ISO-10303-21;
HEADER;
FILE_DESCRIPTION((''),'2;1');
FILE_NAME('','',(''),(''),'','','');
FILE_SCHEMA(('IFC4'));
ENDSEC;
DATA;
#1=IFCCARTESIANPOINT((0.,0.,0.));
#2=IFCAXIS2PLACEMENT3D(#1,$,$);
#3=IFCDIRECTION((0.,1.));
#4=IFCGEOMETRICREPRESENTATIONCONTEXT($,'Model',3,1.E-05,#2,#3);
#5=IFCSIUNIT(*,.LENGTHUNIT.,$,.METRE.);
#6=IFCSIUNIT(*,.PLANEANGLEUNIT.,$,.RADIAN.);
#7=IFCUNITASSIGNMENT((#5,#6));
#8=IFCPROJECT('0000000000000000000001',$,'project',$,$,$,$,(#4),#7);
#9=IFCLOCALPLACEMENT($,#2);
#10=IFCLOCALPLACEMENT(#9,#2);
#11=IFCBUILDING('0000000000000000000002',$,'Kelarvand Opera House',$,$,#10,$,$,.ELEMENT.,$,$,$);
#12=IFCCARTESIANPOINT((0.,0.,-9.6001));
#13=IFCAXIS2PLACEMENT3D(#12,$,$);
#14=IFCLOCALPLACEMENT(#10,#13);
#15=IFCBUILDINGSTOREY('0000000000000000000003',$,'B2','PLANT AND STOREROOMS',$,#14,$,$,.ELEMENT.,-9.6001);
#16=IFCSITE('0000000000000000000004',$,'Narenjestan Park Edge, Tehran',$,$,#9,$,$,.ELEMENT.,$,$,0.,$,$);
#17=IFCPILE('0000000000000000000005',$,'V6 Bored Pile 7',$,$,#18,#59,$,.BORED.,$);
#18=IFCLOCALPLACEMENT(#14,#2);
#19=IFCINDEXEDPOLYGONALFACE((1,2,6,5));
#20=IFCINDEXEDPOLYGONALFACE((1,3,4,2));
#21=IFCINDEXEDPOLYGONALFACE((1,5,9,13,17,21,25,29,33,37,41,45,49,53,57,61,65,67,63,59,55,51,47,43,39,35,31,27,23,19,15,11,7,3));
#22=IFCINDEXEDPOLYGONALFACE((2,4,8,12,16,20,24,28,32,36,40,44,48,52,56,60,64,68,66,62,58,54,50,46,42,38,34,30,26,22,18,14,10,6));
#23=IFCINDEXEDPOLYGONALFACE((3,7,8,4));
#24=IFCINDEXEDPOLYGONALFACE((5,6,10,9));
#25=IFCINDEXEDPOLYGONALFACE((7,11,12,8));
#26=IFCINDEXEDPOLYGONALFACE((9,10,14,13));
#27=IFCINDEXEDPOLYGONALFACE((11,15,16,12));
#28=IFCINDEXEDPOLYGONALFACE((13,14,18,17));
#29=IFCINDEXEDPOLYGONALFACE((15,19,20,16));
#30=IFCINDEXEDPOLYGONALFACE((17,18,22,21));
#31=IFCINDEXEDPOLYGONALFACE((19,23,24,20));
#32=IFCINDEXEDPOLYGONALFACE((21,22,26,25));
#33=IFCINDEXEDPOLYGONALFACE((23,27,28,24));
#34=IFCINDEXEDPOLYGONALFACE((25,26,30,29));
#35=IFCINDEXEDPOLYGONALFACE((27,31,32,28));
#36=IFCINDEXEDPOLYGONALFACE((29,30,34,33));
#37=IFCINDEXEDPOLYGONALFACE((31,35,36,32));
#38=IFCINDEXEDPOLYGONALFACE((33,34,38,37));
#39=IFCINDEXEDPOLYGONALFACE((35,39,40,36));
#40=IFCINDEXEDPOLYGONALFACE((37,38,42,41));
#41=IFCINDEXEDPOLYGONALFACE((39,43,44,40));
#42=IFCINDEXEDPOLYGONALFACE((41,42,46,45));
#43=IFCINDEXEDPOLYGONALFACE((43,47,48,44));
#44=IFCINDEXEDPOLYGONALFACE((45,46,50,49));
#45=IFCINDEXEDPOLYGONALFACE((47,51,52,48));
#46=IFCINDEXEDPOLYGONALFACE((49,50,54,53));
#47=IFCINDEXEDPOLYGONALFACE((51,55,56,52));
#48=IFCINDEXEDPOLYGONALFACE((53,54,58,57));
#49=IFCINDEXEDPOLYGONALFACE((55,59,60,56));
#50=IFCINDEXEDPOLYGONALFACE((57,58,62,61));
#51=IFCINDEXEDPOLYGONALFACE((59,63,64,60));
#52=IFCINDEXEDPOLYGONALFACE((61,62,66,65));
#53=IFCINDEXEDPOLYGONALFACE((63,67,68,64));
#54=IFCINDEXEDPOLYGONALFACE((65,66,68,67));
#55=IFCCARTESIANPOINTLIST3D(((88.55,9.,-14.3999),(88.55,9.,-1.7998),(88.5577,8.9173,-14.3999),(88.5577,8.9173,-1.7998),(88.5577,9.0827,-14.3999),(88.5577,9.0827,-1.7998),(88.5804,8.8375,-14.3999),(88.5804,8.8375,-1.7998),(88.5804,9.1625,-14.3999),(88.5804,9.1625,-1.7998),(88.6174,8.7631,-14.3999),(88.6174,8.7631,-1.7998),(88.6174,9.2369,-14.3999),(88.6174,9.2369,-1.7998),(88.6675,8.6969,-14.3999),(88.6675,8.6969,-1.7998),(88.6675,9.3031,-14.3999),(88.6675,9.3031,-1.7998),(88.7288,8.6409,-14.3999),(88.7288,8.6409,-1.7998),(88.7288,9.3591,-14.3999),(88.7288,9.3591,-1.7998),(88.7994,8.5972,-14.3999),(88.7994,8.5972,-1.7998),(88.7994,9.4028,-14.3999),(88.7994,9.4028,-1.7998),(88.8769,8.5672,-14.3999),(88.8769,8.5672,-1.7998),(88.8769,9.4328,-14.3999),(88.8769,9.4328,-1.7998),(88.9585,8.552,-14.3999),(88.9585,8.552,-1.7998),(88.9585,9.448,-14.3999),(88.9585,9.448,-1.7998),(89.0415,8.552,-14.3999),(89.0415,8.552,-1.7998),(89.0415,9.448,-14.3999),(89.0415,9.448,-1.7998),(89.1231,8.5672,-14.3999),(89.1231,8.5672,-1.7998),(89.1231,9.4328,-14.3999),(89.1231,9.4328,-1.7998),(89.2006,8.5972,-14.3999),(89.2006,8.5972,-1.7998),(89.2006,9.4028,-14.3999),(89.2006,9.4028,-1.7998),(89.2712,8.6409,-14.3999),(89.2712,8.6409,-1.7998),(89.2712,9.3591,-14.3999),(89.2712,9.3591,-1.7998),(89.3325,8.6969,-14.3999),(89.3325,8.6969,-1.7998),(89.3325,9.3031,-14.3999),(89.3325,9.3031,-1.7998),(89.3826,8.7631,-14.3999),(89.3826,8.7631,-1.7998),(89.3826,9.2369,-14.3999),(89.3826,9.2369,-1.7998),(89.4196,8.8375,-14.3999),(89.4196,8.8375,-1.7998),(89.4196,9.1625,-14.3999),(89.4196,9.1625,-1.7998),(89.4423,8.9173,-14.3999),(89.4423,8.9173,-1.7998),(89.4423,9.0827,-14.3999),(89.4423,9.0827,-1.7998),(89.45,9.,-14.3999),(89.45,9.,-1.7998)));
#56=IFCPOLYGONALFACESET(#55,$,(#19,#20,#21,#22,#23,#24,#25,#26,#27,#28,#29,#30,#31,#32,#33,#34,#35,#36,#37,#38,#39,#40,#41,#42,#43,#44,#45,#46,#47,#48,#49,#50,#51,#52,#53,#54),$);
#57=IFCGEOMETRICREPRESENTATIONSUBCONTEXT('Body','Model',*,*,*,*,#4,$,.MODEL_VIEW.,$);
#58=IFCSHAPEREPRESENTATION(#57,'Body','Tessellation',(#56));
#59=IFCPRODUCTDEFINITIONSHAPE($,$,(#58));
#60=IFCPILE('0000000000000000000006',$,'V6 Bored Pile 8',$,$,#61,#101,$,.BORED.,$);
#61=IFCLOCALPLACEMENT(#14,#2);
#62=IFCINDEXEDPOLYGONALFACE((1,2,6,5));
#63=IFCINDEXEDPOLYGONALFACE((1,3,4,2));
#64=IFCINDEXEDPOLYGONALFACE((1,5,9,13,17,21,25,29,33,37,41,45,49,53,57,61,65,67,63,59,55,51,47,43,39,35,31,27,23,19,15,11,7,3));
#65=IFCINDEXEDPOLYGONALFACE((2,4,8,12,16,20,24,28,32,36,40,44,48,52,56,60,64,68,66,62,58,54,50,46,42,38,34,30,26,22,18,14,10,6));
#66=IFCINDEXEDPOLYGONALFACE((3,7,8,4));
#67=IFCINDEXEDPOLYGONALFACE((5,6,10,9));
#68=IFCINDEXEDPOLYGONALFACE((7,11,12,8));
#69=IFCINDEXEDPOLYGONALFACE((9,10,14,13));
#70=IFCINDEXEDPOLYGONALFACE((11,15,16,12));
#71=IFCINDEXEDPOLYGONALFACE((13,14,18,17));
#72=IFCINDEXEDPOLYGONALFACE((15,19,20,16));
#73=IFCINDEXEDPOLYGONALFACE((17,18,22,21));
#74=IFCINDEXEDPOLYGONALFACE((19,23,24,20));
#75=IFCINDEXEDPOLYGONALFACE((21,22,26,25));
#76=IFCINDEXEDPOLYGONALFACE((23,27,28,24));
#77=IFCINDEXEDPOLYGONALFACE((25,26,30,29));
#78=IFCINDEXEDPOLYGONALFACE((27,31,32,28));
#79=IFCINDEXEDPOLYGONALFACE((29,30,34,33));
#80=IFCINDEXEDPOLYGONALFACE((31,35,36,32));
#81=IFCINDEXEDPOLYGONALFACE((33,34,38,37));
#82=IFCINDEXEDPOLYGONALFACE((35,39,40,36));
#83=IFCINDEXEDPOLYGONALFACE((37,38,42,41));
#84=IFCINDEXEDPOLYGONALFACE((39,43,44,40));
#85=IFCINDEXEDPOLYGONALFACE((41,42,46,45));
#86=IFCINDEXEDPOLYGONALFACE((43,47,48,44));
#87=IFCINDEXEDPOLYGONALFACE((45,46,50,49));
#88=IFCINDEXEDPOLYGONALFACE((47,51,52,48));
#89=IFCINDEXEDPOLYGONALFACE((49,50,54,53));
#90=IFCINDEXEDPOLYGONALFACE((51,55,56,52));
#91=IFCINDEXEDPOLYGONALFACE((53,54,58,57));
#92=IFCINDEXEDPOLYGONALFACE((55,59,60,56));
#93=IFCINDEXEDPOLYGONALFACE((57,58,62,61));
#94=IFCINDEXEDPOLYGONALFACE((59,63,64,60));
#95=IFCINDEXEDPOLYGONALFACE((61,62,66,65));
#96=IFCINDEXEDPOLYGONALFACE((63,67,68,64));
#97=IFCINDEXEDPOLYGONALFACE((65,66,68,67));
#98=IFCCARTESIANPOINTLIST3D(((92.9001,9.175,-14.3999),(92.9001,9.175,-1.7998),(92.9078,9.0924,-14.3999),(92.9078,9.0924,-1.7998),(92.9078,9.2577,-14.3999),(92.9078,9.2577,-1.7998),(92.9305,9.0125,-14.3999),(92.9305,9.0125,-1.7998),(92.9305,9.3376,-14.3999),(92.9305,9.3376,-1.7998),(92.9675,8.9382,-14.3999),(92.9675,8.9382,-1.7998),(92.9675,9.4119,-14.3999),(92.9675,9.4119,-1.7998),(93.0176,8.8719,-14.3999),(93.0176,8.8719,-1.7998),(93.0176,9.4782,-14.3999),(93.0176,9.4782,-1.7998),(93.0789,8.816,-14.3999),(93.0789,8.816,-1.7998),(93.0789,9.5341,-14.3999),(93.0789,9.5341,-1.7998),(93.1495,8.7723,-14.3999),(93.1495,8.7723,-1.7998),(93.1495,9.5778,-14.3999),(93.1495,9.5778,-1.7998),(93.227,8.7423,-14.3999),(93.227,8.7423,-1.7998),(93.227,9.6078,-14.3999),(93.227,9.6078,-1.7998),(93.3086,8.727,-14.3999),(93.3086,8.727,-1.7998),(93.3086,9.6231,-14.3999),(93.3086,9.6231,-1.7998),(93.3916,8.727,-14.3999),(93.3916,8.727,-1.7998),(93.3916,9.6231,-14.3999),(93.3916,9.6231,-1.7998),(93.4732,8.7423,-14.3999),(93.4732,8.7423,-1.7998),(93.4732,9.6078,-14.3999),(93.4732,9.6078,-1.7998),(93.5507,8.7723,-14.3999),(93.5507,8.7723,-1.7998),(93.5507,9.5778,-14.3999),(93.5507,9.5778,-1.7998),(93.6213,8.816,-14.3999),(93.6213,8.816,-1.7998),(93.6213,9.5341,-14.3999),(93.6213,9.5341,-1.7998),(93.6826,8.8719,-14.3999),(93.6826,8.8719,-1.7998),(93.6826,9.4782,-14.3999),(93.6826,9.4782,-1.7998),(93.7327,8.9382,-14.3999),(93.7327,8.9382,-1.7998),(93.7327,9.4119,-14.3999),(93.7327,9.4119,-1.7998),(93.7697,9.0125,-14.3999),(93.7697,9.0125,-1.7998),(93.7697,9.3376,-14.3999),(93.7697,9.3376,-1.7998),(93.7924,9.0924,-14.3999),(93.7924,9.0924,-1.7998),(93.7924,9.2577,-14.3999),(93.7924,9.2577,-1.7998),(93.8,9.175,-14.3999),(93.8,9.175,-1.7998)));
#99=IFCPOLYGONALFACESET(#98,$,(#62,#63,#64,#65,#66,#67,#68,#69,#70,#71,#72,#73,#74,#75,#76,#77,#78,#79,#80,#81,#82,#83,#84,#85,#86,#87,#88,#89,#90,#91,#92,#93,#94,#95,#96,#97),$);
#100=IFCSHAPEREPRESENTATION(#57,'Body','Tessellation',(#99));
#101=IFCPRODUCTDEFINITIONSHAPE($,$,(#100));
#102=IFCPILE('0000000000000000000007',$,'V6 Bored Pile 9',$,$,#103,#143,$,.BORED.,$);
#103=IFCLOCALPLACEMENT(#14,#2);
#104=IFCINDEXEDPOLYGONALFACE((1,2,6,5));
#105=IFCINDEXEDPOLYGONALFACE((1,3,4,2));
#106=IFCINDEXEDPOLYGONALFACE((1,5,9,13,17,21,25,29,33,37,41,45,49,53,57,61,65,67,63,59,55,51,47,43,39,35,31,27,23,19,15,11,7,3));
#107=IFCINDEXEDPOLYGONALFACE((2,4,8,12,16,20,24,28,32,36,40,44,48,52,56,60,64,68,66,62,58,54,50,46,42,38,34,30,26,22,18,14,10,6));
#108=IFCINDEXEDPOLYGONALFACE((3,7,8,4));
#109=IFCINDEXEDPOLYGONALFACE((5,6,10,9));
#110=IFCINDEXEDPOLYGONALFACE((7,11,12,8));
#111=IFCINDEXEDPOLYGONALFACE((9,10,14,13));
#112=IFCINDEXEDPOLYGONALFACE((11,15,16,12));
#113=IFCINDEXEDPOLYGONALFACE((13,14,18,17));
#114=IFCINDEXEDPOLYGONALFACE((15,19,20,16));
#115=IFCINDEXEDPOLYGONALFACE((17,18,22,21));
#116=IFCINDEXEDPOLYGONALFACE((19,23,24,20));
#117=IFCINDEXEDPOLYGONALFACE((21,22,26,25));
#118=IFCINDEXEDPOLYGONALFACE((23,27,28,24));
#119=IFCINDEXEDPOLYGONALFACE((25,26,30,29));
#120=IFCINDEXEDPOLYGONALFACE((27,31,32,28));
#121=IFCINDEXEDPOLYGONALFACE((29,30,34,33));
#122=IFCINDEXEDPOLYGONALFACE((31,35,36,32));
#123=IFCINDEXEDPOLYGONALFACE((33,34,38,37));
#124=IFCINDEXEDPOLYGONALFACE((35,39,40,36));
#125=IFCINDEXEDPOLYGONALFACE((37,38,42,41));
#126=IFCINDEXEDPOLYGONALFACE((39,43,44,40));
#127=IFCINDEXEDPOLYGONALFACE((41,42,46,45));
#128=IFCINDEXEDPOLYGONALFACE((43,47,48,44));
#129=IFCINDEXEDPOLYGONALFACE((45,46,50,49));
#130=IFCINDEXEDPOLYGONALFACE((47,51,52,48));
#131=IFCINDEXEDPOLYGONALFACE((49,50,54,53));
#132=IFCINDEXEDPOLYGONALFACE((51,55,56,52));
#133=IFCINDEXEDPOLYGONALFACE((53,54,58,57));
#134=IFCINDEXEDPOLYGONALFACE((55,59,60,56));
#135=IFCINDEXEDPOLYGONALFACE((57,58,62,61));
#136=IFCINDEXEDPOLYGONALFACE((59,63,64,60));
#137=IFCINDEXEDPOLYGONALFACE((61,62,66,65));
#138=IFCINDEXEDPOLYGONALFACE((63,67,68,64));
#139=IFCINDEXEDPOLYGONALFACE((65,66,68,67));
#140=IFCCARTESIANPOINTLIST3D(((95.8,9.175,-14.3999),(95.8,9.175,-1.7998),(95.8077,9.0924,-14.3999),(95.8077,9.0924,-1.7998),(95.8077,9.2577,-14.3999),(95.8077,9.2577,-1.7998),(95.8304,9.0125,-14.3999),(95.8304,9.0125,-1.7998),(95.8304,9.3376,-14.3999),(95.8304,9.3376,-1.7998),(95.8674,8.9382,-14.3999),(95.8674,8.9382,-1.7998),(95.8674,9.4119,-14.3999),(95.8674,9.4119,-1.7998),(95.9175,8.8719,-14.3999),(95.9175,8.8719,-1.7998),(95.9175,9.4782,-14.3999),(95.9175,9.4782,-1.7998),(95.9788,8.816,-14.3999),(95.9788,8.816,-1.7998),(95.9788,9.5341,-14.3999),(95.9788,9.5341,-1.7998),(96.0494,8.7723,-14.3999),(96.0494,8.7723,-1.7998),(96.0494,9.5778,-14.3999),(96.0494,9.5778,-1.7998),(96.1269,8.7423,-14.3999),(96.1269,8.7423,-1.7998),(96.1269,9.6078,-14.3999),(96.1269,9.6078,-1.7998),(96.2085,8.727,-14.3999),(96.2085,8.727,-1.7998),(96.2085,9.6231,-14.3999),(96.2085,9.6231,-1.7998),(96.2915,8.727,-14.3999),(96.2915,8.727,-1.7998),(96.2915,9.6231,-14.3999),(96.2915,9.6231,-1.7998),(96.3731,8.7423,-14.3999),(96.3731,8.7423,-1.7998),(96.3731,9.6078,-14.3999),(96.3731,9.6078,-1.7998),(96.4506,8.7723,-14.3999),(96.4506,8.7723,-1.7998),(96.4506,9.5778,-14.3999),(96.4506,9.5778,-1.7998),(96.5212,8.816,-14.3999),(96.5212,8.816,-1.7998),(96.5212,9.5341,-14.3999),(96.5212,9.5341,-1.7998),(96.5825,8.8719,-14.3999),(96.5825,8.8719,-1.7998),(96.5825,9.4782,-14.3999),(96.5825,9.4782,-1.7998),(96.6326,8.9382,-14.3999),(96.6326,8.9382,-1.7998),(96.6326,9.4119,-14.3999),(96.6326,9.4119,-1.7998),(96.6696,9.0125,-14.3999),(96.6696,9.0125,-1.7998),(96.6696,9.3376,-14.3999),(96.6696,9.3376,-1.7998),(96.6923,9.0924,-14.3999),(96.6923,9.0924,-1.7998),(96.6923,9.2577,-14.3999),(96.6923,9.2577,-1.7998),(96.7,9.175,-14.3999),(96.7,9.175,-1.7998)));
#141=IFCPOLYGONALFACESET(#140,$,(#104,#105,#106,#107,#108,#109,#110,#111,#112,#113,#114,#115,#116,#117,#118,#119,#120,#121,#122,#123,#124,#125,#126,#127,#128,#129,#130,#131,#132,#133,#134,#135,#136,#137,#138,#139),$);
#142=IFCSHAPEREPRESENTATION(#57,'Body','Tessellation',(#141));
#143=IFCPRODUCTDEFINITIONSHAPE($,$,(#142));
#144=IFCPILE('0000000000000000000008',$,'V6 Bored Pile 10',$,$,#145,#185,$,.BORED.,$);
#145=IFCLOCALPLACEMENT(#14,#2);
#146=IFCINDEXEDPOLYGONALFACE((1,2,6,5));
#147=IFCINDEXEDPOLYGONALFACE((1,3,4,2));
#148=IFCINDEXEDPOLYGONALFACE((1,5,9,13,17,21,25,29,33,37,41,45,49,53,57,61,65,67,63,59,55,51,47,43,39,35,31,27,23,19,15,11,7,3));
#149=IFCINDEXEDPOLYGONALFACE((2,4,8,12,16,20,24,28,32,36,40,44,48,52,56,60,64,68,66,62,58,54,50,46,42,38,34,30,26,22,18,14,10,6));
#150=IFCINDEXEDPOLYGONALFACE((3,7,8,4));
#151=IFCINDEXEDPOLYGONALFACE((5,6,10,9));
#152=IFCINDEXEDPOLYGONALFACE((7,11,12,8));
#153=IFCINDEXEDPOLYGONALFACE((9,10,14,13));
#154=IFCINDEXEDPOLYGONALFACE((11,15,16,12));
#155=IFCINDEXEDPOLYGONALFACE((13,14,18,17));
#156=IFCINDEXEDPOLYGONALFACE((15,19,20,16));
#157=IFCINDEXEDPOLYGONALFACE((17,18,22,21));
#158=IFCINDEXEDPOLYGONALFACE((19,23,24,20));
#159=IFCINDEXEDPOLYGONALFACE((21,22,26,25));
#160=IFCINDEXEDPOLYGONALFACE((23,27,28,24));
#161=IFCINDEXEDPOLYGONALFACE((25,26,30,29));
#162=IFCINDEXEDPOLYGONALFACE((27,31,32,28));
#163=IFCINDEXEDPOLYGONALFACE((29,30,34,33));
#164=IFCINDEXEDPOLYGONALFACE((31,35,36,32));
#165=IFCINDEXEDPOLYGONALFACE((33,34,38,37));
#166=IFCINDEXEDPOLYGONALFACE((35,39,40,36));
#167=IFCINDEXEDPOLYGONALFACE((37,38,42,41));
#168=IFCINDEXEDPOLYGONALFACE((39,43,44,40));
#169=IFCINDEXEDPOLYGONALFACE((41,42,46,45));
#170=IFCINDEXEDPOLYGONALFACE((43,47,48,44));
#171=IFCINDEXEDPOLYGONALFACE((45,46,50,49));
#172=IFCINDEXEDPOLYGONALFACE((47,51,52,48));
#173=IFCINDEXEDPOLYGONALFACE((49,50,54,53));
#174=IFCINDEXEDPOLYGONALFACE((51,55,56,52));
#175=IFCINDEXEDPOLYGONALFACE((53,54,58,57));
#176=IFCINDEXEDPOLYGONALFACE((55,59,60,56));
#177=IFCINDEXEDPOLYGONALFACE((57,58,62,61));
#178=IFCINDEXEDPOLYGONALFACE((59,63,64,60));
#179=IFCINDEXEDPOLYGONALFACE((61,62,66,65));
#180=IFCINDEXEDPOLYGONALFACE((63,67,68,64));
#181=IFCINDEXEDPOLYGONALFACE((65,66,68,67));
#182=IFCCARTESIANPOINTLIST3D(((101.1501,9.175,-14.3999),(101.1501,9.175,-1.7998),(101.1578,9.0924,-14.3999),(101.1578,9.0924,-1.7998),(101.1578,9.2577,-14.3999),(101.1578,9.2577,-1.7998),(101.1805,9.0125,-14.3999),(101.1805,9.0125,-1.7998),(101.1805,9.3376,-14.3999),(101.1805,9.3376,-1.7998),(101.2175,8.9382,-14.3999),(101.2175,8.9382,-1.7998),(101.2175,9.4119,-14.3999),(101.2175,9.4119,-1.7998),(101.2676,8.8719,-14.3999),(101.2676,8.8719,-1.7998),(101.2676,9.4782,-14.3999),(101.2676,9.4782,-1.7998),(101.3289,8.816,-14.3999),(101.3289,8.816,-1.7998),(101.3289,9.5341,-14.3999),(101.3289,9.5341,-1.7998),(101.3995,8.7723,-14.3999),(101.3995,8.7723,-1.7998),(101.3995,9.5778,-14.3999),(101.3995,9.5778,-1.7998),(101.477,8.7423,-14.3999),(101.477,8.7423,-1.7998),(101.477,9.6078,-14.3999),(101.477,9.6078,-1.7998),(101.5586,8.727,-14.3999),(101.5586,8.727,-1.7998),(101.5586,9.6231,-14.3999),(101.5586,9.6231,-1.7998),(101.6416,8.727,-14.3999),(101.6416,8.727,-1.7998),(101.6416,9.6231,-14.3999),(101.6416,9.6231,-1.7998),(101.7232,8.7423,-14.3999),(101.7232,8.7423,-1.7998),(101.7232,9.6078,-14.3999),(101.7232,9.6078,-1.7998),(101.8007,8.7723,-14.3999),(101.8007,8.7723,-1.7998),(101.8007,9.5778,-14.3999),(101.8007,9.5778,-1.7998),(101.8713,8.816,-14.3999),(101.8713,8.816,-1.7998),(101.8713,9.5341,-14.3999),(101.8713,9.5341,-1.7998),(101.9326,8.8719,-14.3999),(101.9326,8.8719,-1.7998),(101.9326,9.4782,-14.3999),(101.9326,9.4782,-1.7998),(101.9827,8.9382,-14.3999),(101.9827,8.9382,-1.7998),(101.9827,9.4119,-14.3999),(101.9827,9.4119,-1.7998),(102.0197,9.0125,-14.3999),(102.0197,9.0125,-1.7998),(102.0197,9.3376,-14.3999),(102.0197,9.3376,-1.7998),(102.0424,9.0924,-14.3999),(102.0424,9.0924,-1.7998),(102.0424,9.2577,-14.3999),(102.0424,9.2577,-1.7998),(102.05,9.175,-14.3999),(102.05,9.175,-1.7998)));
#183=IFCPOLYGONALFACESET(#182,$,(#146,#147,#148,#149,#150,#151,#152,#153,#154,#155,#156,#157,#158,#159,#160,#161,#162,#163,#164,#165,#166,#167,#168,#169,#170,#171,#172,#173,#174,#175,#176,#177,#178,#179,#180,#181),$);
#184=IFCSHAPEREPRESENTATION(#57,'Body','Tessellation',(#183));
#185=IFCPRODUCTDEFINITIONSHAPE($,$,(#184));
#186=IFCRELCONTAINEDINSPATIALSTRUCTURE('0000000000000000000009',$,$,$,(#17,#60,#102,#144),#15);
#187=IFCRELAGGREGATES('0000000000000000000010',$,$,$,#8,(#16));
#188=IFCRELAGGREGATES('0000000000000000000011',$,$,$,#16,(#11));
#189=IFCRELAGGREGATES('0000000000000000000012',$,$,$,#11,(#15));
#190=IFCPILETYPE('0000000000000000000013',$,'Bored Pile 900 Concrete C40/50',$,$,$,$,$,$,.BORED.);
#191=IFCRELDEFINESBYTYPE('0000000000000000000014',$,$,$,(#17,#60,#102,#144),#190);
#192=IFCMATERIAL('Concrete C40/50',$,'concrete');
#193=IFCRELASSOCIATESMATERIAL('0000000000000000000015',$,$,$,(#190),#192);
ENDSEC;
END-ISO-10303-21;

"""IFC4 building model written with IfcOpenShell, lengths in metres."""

from ifc_helpers import new_model, si_unit, direction, frame, origin, origin_2d, place, context, subcontext, project, spatial, circle, extrude, material, material_profile, profile_set, type_object, element, save


model = new_model("IFC4")

# Units and contexts
model_context = context("Model", 3, precision=1e-05, world=origin(), true_north=direction((0.0, 1.0)))
body_context = subcontext(model_context, "Body", "Model", "MODEL_VIEW")
ifc_project = project(units=[si_unit("LENGTHUNIT", "METRE"), si_unit("PLANEANGLEUNIT", "RADIAN")], contexts=[model_context])

# Site, building, storey
site_placement = place(None, origin())
site = spatial("IfcSite", under=ifc_project, at=site_placement, Name="Narenjestan Park Edge, Tehran", CompositionType="ELEMENT", RefElevation=0.0)
building_placement = place(site_placement, origin())
building = spatial("IfcBuilding", under=site, at=building_placement, Name="Kelarvand Opera House", CompositionType="ELEMENT")
storey_placement = place(building_placement, frame((0.0, 0.0, -9.6001)))
storey = spatial("IfcBuildingStorey", under=building, at=storey_placement, Name="B2", Description="PLANT AND STOREROOMS", CompositionType="ELEMENT", Elevation=-9.6001)

# Piles
ifc_material_1 = material(Name="Concrete C40/50", Category="concrete")
ifc_material_profile_1 = material_profile(ifc_material_1, circle(Radius=0.45, at=origin_2d()), Name="BP 900", Category="concrete")
ifc_profile_set_1 = profile_set([ifc_material_profile_1], Name="Concrete C40/50")
pile_type = type_object("IfcPileType", Name="Bored Pile 900 Concrete C40/50", PredefinedType="BORED", material=ifc_profile_set_1)
for number, where, z_axis, x_axis, name in (
    (1, (89.0, 9.0, -1.7998), (0.0, 0.0, -1.0), (1.0, 0.0, 0.0), "V6 Bored Pile 7"),
    (2, (93.3501, 9.175, -1.7998), (0.0, 0.0, -1.0), (1.0, 0.0, 0.0), "V6 Bored Pile 8"),
    (3, (96.25, 9.175, -1.7998), (0.0, 0.0, -1.0), (1.0, 0.0, 0.0), "V6 Bored Pile 9"),
    (4, (101.6001, 9.175, -1.7998), (0.0, 0.0, -1.0), (1.0, 0.0, 0.0), "V6 Bored Pile 10"),
):
    element("IfcPile", number, at=place(storey_placement, frame(where, z_axis=z_axis, x_axis=x_axis)), inside=storey, type_object=pile_type, Name=name, PredefinedType="BORED", context=body_context, shape_type="SweptSolid", body=[
        extrude(circle(Radius=0.45, at=origin_2d()), origin(), (0.0, 0.0, 1.0), 12.6001),
    ])

save(model, "model.ifc")
